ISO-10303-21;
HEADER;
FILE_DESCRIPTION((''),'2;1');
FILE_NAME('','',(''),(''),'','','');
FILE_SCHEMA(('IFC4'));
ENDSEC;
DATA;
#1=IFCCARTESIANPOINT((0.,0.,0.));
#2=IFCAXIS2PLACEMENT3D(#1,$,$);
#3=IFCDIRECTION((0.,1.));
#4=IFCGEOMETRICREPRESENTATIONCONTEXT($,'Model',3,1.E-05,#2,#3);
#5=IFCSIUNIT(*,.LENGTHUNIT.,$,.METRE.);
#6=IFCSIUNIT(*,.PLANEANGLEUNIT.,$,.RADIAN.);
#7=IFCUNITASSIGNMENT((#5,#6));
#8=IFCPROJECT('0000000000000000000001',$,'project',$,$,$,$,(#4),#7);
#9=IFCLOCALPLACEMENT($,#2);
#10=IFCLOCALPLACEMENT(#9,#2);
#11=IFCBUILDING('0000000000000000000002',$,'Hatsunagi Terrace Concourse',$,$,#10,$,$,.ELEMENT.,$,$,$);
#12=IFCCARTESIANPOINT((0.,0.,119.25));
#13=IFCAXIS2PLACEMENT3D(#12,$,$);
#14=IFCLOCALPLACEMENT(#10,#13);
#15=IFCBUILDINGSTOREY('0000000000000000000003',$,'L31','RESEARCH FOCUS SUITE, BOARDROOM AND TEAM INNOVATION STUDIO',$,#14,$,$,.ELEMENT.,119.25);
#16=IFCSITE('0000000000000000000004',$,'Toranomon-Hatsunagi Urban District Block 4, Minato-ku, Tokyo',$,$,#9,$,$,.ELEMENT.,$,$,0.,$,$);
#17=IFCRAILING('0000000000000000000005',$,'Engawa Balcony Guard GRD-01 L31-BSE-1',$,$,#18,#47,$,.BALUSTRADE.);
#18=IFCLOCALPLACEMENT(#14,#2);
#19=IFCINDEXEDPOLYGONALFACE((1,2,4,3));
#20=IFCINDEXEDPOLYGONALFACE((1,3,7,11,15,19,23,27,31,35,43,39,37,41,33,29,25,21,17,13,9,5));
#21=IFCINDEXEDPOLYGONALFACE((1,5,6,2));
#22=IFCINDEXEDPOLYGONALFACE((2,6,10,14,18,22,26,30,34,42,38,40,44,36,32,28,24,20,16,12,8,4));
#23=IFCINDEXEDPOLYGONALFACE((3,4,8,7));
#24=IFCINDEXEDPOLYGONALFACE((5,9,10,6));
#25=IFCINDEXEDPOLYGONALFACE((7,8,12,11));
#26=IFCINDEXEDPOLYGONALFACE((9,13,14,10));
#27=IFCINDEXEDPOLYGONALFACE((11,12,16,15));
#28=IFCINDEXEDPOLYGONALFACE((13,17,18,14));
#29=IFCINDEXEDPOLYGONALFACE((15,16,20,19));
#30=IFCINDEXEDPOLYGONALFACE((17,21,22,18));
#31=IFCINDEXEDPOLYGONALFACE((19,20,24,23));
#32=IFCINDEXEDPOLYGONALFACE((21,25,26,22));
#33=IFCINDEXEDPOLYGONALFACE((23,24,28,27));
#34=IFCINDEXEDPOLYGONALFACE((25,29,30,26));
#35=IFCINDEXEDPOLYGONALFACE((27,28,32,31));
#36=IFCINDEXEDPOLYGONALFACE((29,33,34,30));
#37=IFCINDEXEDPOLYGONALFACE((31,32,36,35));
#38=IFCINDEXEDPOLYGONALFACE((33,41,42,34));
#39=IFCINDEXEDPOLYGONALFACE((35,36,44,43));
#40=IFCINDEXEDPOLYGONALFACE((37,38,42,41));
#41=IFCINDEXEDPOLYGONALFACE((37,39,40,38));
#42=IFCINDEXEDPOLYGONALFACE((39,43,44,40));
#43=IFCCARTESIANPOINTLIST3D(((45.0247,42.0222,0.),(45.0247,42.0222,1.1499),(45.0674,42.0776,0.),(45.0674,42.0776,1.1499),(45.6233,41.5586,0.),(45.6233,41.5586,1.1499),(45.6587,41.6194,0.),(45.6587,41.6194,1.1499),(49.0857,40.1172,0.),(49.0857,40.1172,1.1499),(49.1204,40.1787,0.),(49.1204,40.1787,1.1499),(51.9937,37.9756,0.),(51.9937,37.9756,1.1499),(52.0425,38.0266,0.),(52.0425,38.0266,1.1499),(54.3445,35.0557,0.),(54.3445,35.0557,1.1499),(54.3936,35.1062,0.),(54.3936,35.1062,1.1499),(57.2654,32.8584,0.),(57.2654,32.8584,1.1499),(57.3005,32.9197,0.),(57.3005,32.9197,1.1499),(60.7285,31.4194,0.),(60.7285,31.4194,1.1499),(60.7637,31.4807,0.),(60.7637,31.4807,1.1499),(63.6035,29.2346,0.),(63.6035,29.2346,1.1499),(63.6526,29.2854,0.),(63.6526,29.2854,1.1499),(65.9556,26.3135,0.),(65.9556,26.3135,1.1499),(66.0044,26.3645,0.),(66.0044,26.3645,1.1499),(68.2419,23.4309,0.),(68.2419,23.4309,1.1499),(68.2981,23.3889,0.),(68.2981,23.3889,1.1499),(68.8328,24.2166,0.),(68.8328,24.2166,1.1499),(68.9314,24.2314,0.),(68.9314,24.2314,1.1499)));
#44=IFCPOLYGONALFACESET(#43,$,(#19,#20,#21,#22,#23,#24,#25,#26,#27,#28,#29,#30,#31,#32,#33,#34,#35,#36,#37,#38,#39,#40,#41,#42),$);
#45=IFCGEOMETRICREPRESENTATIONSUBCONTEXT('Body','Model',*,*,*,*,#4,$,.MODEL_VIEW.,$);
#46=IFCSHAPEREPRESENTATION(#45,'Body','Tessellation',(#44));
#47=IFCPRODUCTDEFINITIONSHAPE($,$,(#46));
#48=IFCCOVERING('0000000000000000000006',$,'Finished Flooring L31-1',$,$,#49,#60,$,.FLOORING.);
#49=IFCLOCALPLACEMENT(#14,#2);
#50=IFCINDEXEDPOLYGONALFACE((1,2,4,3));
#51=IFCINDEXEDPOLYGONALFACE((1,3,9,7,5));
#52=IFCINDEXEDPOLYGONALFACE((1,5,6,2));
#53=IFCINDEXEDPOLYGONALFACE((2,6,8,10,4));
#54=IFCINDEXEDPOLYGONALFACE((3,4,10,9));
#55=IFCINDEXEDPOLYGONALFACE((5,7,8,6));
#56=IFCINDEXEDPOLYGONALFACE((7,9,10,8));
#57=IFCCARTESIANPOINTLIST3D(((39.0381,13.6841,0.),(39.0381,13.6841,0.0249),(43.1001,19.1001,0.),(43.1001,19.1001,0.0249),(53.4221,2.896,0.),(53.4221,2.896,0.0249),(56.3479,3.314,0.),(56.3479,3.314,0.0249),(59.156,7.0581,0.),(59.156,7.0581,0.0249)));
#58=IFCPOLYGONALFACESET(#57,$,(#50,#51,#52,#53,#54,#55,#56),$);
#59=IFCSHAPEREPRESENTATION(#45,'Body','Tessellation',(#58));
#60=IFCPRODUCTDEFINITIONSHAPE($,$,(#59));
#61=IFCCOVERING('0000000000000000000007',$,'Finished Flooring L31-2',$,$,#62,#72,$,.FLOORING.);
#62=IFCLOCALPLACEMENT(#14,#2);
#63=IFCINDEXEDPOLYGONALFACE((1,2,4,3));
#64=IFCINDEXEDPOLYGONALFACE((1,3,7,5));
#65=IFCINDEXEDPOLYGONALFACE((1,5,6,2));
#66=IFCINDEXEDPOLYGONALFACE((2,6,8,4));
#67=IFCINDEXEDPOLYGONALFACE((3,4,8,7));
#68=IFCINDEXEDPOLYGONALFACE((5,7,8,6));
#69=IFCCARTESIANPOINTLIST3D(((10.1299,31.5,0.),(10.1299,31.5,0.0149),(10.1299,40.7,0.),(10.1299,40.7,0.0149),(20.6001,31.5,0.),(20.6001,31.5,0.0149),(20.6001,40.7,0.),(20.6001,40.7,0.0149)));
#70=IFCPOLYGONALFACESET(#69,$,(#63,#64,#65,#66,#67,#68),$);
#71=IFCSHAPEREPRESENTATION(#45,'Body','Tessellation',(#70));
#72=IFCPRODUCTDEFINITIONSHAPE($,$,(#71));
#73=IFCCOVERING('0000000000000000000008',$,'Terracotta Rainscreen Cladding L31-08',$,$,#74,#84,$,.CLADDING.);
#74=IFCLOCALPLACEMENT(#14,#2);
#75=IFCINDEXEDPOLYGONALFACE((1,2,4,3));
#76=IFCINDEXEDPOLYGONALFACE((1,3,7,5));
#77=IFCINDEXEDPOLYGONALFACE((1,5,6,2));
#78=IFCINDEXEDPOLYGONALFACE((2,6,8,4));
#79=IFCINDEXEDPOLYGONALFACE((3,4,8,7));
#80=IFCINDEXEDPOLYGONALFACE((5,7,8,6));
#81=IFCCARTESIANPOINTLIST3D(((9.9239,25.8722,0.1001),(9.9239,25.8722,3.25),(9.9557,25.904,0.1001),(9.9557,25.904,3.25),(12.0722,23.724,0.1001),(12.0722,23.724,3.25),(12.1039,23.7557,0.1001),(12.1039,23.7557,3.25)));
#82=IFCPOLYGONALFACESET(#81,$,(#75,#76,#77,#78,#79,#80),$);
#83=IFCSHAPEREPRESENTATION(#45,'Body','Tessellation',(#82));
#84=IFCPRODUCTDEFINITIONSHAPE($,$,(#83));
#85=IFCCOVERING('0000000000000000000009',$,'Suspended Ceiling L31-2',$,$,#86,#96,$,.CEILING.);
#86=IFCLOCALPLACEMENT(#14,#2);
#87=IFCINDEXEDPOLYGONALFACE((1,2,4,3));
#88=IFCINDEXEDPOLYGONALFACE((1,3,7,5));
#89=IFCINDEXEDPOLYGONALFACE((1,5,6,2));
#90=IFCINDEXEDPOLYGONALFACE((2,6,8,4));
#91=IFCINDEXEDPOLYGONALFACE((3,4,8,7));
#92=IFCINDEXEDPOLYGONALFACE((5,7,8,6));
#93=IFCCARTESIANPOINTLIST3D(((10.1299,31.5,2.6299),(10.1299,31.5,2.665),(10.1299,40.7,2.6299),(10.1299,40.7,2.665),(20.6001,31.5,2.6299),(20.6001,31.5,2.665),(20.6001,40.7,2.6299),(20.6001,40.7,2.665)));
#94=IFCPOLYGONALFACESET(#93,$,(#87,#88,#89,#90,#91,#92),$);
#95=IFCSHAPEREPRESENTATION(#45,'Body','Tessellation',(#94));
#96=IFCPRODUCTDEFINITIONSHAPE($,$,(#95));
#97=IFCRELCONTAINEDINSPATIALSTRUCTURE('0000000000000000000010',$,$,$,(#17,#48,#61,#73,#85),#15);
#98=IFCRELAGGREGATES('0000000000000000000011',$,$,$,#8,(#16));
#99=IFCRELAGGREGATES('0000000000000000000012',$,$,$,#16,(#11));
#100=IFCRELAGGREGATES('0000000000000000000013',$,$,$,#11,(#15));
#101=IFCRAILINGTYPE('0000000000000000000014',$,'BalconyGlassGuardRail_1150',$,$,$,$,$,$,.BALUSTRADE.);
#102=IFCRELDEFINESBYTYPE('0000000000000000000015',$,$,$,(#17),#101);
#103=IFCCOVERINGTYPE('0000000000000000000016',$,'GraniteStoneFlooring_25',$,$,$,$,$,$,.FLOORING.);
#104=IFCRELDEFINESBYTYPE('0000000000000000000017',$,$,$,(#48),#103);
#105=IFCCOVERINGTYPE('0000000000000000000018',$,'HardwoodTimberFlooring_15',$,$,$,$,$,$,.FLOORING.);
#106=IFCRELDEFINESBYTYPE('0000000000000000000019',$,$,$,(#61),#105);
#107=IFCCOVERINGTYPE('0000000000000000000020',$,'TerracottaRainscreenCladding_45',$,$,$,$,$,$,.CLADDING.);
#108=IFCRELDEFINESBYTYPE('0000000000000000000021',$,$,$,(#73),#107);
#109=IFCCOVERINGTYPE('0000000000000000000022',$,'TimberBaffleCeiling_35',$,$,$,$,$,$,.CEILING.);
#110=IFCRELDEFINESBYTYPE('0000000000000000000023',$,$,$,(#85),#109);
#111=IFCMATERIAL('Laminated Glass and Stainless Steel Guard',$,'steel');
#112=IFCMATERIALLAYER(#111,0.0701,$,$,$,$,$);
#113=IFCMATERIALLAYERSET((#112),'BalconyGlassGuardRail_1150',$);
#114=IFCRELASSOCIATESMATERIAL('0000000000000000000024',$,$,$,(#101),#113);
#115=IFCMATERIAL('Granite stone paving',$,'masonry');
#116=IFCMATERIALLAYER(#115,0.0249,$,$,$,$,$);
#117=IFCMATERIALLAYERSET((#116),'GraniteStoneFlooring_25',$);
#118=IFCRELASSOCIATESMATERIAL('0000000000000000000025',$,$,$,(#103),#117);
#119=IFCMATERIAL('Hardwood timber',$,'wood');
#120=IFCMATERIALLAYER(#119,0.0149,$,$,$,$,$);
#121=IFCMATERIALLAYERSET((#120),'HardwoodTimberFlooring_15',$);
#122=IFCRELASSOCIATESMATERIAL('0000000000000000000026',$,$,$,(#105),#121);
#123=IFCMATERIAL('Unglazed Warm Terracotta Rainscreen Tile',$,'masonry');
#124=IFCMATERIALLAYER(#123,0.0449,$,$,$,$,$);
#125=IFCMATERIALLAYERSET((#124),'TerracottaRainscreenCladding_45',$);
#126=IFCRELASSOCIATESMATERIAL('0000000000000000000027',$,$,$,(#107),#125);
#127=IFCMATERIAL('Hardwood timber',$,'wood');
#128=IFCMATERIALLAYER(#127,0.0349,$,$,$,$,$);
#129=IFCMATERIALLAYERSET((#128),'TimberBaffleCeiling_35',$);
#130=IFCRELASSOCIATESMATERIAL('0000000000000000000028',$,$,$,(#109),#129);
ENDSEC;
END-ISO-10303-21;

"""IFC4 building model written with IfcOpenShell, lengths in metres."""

from ifc_helpers import new_model, si_unit, direction, frame, origin, origin_2d, place, context, subcontext, project, spatial, polyline, rectangle, outline, extrude, material, layer, layer_set, type_object, element, save


model = new_model("IFC4")

# Units and contexts
model_context = context("Model", 3, precision=1e-05, world=origin(), true_north=direction((0.0, 1.0)))
body_context = subcontext(model_context, "Body", "Model", "MODEL_VIEW")
ifc_project = project(units=[si_unit("LENGTHUNIT", "METRE"), si_unit("PLANEANGLEUNIT", "RADIAN")], contexts=[model_context])

# Site, building, storey
site_placement = place(None, origin())
site = spatial("IfcSite", under=ifc_project, at=site_placement, Name="Toranomon-Hatsunagi Urban District Block 4, Minato-ku, Tokyo", CompositionType="ELEMENT", RefElevation=0.0)
building_placement = place(site_placement, origin())
building = spatial("IfcBuilding", under=site, at=building_placement, Name="Hatsunagi Terrace Concourse", CompositionType="ELEMENT")
storey_placement = place(building_placement, frame((0.0, 0.0, 119.25)))
storey = spatial("IfcBuildingStorey", under=building, at=storey_placement, Name="L31", Description="RESEARCH FOCUS SUITE, BOARDROOM AND TEAM INNOVATION STUDIO", CompositionType="ELEMENT", Elevation=119.25)

# Railing
ifc_material_1 = material(Name="Laminated Glass and Stainless Steel Guard", Category="steel")
ifc_layer_1 = layer(ifc_material_1, 0.0701)
ifc_layer_set_1 = layer_set([ifc_layer_1], Name="BalconyGlassGuardRail_1150")
railing_type = type_object("IfcRailingType", Name="BalconyGlassGuardRail_1150", PredefinedType="BALUSTRADE", material=ifc_layer_set_1)
railing_1_placement = place(storey_placement, origin())
element("IfcRailing", 1, at=railing_1_placement, inside=storey, type_object=railing_type, Name="Engawa Balcony Guard GRD-01 L31-BSE-1", PredefinedType="BALUSTRADE", context=body_context, shape_type="SweptSolid", body=[
    extrude(outline(polyline([(45.0674, 42.0776), (45.0247, 42.0222), (45.6233, 41.5586), (49.0857, 40.1172), (51.9937, 37.9756), (54.3445, 35.0557), (57.2654, 32.8584), (60.7285, 31.4194), (63.6035, 29.2346), (65.9556, 26.3135), (68.8328, 24.2166), (68.2419, 23.4309), (68.2981, 23.3889), (68.9314, 24.2314), (66.0044, 26.3645), (63.6526, 29.2854), (60.7637, 31.4807), (57.3005, 32.9197), (54.3936, 35.1062), (52.0425, 38.0266), (49.1204, 40.1787), (45.6587, 41.6194), (45.0674, 42.0776)])), origin(), (0.0, 0.0, 1.0), 1.1499),
])

# Coverings
ifc_material_2 = material(Name="Granite stone paving", Category="masonry")
ifc_layer_2 = layer(ifc_material_2, 0.0249)
ifc_layer_set_2 = layer_set([ifc_layer_2], Name="GraniteStoneFlooring_25")
covering_type_1 = type_object("IfcCoveringType", Name="GraniteStoneFlooring_25", PredefinedType="FLOORING", material=ifc_layer_set_2)
covering_1_placement = place(storey_placement, origin())
element("IfcCovering", 2, at=covering_1_placement, inside=storey, type_object=covering_type_1, Name="Finished Flooring L31-1", PredefinedType="FLOORING", context=body_context, shape_type="SweptSolid", body=[
    extrude(outline(polyline([(56.3479, 3.314), (59.156, 7.0581), (43.1001, 19.1001), (39.0381, 13.6841), (53.4221, 2.896), (56.3479, 3.314)])), origin(), (0.0, 0.0, 1.0), 0.0249),
])
ifc_material_3 = material(Name="Hardwood timber", Category="wood")
ifc_layer_3 = layer(ifc_material_3, 0.0149)
ifc_layer_set_3 = layer_set([ifc_layer_3], Name="HardwoodTimberFlooring_15")
covering_type_2 = type_object("IfcCoveringType", Name="HardwoodTimberFlooring_15", PredefinedType="FLOORING", material=ifc_layer_set_3)
covering_2_placement = place(storey_placement, origin())
element("IfcCovering", 3, at=covering_2_placement, inside=storey, type_object=covering_type_2, Name="Finished Flooring L31-2", PredefinedType="FLOORING", context=body_context, shape_type="SweptSolid", body=[
    extrude(outline(polyline([(10.1299, 31.5), (20.6001, 31.5), (20.6001, 40.7), (10.1299, 40.7), (10.1299, 31.5)])), origin(), (0.0, 0.0, 1.0), 0.0149),
])
ifc_material_4 = material(Name="Unglazed Warm Terracotta Rainscreen Tile", Category="masonry")
ifc_layer_4 = layer(ifc_material_4, 0.0449)
ifc_layer_set_4 = layer_set([ifc_layer_4], Name="TerracottaRainscreenCladding_45")
covering_type_3 = type_object("IfcCoveringType", Name="TerracottaRainscreenCladding_45", PredefinedType="CLADDING", material=ifc_layer_set_4)
covering_3_placement = place(storey_placement, frame((11.0139, 24.814, 0.1001), z_axis=(0.0, 0.0, 1.0), x_axis=(-0.707107, 0.707107, 0.0)))
element("IfcCovering", 4, at=covering_3_placement, inside=storey, type_object=covering_type_3, Name="Terracotta Rainscreen Cladding L31-08", PredefinedType="CLADDING", context=body_context, shape_type="SweptSolid", body=[
    extrude(rectangle(XDim=3.0381, YDim=0.0449, at=origin_2d()), origin(), (0.0, 0.0, 1.0), 3.1499),
])
ifc_material_5 = material(Name="Hardwood timber", Category="wood")
ifc_layer_5 = layer(ifc_material_5, 0.0349)
ifc_layer_set_5 = layer_set([ifc_layer_5], Name="TimberBaffleCeiling_35")
covering_type_4 = type_object("IfcCoveringType", Name="TimberBaffleCeiling_35", PredefinedType="CEILING", material=ifc_layer_set_5)
covering_4_placement = place(storey_placement, frame((0.0, 0.0, 2.6299)))
element("IfcCovering", 5, at=covering_4_placement, inside=storey, type_object=covering_type_4, Name="Suspended Ceiling L31-2", PredefinedType="CEILING", context=body_context, shape_type="SweptSolid", body=[
    extrude(outline(polyline([(10.1299, 31.5), (20.6001, 31.5), (20.6001, 40.7), (10.1299, 40.7), (10.1299, 31.5)])), origin(), (0.0, 0.0, 1.0), 0.0352),
])

save(model, "model.ifc")
